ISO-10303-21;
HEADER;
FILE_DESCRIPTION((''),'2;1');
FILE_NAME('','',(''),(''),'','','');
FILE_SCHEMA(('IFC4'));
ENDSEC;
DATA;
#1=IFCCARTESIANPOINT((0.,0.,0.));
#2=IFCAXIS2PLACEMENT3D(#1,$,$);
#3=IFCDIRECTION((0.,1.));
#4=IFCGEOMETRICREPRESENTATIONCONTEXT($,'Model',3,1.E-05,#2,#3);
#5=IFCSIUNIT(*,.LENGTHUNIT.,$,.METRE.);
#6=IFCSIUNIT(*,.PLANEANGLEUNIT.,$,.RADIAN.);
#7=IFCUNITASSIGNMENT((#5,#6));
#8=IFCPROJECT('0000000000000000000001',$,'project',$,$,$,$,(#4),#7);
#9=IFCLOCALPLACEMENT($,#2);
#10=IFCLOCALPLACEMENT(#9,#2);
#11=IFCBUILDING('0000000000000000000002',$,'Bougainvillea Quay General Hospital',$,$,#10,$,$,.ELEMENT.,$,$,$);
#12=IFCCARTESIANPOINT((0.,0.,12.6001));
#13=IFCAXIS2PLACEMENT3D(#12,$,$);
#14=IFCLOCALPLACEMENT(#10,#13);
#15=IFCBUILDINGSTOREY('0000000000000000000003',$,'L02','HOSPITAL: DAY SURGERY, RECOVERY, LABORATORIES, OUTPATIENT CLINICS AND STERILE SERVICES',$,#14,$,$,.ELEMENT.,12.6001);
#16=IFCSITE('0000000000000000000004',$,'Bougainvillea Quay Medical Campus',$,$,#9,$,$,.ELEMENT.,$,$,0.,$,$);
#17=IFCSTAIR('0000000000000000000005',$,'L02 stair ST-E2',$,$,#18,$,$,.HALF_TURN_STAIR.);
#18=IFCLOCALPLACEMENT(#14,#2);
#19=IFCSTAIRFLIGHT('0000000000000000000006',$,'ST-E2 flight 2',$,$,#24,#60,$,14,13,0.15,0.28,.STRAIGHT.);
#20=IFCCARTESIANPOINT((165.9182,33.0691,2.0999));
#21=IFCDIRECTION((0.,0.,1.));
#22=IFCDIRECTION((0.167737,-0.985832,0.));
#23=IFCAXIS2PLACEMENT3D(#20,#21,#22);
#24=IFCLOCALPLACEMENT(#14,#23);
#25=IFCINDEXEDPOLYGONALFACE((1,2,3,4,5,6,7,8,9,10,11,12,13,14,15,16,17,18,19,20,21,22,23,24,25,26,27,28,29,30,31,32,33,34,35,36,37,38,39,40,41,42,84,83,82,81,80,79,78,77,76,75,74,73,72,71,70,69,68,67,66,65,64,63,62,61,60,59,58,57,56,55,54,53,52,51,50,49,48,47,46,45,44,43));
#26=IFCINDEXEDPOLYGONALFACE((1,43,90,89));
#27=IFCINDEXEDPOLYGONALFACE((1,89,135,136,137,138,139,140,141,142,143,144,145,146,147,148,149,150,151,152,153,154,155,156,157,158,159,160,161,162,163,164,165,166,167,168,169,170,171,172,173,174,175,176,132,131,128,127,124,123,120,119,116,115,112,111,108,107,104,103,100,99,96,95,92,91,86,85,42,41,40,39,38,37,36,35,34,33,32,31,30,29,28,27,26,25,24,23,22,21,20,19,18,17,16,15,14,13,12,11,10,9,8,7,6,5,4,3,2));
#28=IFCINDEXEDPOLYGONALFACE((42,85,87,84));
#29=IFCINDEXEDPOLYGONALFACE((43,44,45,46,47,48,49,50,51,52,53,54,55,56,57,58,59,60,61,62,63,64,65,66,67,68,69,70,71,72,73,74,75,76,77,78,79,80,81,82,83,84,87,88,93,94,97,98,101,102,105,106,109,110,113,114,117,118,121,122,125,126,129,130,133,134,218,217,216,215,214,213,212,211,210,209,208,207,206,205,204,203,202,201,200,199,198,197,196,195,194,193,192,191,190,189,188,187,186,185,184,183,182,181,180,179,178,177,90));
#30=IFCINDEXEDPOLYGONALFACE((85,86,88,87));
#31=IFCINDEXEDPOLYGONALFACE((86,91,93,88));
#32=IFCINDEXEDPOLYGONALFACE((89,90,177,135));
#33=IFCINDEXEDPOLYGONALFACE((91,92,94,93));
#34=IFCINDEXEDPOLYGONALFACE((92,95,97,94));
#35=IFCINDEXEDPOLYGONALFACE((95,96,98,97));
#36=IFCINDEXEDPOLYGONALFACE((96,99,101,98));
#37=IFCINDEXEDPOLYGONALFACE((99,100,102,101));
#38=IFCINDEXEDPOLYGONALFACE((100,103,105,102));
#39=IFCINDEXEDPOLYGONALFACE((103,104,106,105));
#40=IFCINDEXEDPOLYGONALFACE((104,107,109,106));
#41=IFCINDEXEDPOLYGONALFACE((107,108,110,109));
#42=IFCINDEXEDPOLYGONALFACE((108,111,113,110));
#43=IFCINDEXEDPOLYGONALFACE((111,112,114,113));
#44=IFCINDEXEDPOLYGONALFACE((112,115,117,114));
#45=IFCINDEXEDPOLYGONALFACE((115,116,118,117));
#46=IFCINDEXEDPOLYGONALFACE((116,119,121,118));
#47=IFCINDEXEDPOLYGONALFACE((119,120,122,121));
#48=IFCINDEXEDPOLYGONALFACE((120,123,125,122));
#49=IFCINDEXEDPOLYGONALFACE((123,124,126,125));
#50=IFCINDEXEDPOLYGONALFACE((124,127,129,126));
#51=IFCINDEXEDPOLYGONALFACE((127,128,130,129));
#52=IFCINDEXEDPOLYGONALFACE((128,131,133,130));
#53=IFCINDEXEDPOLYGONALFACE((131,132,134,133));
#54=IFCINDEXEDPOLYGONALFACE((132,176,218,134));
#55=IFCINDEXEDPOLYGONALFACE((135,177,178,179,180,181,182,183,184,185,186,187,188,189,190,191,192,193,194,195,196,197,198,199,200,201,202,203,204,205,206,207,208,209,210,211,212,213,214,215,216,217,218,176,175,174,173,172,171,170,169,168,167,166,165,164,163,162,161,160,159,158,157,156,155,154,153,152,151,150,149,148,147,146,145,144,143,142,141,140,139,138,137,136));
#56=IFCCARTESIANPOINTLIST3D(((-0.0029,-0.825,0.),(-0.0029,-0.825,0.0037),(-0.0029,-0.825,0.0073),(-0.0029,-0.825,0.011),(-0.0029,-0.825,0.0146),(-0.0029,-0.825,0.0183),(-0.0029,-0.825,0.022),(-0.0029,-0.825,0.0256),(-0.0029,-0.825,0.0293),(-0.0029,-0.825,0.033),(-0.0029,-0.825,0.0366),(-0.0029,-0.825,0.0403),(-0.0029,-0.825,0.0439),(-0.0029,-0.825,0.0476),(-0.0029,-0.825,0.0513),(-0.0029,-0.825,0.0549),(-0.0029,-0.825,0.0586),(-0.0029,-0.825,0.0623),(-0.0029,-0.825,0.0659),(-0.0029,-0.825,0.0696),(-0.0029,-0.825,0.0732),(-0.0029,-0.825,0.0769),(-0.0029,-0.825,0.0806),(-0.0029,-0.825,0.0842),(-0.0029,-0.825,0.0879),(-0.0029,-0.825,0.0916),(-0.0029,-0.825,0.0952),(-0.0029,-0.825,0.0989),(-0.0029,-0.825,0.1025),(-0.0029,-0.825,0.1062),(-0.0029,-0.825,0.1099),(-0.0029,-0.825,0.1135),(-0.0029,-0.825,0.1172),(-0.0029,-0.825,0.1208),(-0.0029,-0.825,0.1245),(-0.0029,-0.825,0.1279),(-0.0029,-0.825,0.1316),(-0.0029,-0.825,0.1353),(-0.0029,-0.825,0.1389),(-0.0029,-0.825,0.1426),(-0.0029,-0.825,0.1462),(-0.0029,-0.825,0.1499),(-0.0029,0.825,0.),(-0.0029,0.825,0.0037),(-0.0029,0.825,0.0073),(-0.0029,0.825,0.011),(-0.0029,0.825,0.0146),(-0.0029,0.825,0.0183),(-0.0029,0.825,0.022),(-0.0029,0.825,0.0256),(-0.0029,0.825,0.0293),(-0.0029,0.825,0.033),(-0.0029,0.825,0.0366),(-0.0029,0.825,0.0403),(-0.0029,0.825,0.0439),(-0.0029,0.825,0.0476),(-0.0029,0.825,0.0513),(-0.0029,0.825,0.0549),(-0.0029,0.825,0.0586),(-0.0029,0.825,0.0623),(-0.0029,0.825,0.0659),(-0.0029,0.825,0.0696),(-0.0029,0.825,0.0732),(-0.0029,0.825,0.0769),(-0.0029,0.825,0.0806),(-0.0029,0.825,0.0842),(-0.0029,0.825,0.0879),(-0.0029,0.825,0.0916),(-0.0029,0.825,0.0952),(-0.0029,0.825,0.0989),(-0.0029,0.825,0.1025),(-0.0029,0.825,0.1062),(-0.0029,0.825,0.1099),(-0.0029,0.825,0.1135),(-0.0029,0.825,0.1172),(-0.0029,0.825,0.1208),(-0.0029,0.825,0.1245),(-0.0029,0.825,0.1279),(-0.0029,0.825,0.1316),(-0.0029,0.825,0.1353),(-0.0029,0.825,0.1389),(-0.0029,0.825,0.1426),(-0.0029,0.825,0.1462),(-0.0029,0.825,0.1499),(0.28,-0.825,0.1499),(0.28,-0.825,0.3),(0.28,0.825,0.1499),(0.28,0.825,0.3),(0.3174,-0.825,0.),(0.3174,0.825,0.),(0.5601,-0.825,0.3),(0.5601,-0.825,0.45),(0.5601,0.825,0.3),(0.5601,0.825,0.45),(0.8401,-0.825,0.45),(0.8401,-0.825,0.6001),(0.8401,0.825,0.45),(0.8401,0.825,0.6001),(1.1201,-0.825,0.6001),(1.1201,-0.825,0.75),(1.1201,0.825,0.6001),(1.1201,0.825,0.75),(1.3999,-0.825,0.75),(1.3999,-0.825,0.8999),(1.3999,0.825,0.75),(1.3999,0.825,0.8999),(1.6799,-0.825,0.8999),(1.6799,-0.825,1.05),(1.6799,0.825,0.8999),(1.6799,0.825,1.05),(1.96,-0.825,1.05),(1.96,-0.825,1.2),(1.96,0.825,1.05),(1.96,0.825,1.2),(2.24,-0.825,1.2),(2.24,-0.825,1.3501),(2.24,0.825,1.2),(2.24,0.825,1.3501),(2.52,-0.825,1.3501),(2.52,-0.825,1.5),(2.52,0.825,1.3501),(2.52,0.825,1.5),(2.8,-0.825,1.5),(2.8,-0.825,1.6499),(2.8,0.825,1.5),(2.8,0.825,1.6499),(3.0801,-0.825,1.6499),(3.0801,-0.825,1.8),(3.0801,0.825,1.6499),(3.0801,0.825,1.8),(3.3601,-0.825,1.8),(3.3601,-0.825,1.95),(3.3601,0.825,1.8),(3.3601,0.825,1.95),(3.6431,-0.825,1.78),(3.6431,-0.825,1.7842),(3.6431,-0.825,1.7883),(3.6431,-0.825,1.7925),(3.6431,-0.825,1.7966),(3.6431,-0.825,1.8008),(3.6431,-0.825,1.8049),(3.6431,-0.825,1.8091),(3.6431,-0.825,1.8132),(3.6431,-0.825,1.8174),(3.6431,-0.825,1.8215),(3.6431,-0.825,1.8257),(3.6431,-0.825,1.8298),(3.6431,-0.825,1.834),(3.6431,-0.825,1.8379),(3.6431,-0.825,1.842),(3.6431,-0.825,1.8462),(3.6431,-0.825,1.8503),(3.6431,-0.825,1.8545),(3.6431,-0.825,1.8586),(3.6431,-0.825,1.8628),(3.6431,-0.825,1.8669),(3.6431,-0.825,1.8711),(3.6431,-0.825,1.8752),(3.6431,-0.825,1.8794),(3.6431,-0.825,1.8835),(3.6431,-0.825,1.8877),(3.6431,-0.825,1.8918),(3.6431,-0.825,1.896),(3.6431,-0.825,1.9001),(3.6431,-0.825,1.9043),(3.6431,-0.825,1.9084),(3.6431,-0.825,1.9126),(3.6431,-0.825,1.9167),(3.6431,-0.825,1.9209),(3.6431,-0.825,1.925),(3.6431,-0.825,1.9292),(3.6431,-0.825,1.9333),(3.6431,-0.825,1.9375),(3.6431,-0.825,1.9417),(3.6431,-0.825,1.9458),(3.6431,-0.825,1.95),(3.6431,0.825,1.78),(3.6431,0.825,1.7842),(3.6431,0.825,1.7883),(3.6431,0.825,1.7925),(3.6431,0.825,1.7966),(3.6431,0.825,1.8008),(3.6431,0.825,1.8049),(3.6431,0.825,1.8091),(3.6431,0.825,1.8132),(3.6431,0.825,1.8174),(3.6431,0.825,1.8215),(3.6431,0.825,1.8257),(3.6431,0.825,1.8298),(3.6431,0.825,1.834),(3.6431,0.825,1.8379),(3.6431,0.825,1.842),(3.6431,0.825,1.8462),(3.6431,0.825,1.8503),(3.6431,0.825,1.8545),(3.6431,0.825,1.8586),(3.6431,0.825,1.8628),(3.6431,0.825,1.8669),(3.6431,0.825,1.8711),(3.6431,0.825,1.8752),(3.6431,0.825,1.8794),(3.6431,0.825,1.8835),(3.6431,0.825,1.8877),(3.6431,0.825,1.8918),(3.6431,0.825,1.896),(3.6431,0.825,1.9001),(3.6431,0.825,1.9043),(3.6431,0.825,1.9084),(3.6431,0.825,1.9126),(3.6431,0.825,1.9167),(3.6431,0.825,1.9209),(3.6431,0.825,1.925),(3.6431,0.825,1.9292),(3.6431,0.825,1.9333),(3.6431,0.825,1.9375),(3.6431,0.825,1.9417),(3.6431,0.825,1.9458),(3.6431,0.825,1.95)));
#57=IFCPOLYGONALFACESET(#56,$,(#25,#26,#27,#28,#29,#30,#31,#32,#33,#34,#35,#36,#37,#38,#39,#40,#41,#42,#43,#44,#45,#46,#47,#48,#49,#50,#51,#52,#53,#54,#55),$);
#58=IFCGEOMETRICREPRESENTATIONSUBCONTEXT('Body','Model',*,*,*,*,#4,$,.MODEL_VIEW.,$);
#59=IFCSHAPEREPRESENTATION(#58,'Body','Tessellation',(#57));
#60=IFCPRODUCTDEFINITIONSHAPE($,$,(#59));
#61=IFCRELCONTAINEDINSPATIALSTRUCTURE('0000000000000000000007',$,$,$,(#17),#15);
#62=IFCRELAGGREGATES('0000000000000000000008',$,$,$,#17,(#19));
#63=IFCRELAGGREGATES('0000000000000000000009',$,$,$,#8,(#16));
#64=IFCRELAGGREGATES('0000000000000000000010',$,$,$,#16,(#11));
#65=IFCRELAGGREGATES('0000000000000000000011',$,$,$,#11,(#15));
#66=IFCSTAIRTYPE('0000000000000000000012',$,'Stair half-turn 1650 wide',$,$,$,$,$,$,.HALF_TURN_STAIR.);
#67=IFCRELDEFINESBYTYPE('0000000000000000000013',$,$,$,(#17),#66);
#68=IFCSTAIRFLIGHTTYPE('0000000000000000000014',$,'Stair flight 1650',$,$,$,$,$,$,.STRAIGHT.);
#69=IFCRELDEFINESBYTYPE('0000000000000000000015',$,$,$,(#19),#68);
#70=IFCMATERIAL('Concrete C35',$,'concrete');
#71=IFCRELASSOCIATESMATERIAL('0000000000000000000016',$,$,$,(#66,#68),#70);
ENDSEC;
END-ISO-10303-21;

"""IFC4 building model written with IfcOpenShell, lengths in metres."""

from ifc_helpers import new_model, si_unit, direction, frame, origin, place, context, subcontext, project, spatial, polyline, outline, extrude, material, type_object, element, aggregate, save


model = new_model("IFC4")

# Units and contexts
model_context = context("Model", 3, precision=1e-05, world=origin(), true_north=direction((0.0, 1.0)))
body_context = subcontext(model_context, "Body", "Model", "MODEL_VIEW")
ifc_project = project(units=[si_unit("LENGTHUNIT", "METRE"), si_unit("PLANEANGLEUNIT", "RADIAN")], contexts=[model_context])

# Site, building, storey
site_placement = place(None, origin())
site = spatial("IfcSite", under=ifc_project, at=site_placement, Name="Bougainvillea Quay Medical Campus", CompositionType="ELEMENT", RefElevation=0.0)
building_placement = place(site_placement, origin())
building = spatial("IfcBuilding", under=site, at=building_placement, Name="Bougainvillea Quay General Hospital", CompositionType="ELEMENT")
storey_placement = place(building_placement, frame((0.0, 0.0, 12.6001)))
storey = spatial("IfcBuildingStorey", under=building, at=storey_placement, Name="L02", Description="HOSPITAL: DAY SURGERY, RECOVERY, LABORATORIES, OUTPATIENT CLINICS AND STERILE SERVICES", CompositionType="ELEMENT", Elevation=12.6001)

# Stair, stair flight
ifc_material_1 = material(Name="Concrete C35", Category="concrete")
stair_type = type_object("IfcStairType", Name="Stair half-turn 1650 wide", PredefinedType="HALF_TURN_STAIR", material=ifc_material_1)
stair_placement = place(storey_placement, origin())
stair = element("IfcStair", 1, at=stair_placement, inside=storey, type_object=stair_type, Name="L02 stair ST-E2", PredefinedType="HALF_TURN_STAIR")
stair_flight_type = type_object("IfcStairFlightType", Name="Stair flight 1650", PredefinedType="STRAIGHT", material=ifc_material_1)
stair_flight_1_placement = place(storey_placement, frame((165.9182, 33.0691, 2.0999), z_axis=(0.0, 0.0, 1.0), x_axis=(0.167737, -0.985832, 0.0)))
stair_flight_1 = element("IfcStairFlight", 2, at=stair_flight_1_placement, type_object=stair_flight_type, Name="ST-E2 flight 2", NumberOfRisers=14, NumberOfTreads=13, PredefinedType="STRAIGHT", RiserHeight=0.15, TreadLength=0.28, context=body_context, shape_type="SweptSolid", body=[
    extrude(outline(polyline([(-0.0029, 0.0), (-0.0029, 0.0037), (-0.0029, 0.0073), (-0.0029, 0.011), (-0.0029, 0.0146), (-0.0029, 0.0183), (-0.0029, 0.022), (-0.0029, 0.0256), (-0.0029, 0.0293), (-0.0029, 0.033), (-0.0029, 0.0366), (-0.0029, 0.0403), (-0.0029, 0.0439), (-0.0029, 0.0476), (-0.0029, 0.0513), (-0.0029, 0.0549), (-0.0029, 0.0586), (-0.0029, 0.0623), (-0.0029, 0.0659), (-0.0029, 0.0696), (-0.0029, 0.0732), (-0.0029, 0.0769), (-0.0029, 0.0806), (-0.0029, 0.0842), (-0.0029, 0.0879), (-0.0029, 0.0916), (-0.0029, 0.0952), (-0.0029, 0.0989), (-0.0029, 0.1025), (-0.0029, 0.1062), (-0.0029, 0.1099), (-0.0029, 0.1135), (-0.0029, 0.1172), (-0.0029, 0.1208), (-0.0029, 0.1245), (-0.0029, 0.1279), (-0.0029, 0.1316), (-0.0029, 0.1353), (-0.0029, 0.1389), (-0.0029, 0.1426), (-0.0029, 0.1462), (-0.0029, 0.1499), (0.28, 0.1499), (0.28, 0.3), (0.5601, 0.3), (0.5601, 0.45), (0.8401, 0.45), (0.8401, 0.6001), (1.1201, 0.6001), (1.1201, 0.75), (1.3999, 0.75), (1.3999, 0.8999), (1.6799, 0.8999), (1.6799, 1.05), (1.96, 1.05), (1.96, 1.2), (2.24, 1.2), (2.24, 1.3501), (2.52, 1.3501), (2.52, 1.5), (2.8, 1.5), (2.8, 1.6499), (3.0801, 1.6499), (3.0801, 1.8), (3.3601, 1.8), (3.3601, 1.95), (3.6431, 1.95), (3.6431, 1.9458), (3.6431, 1.9417), (3.6431, 1.9375), (3.6431, 1.9333), (3.6431, 1.9292), (3.6431, 1.925), (3.6431, 1.9209), (3.6431, 1.9167), (3.6431, 1.9126), (3.6431, 1.9084), (3.6431, 1.9043), (3.6431, 1.9001), (3.6431, 1.896), (3.6431, 1.8918), (3.6431, 1.8877), (3.6431, 1.8835), (3.6431, 1.8794), (3.6431, 1.8752), (3.6431, 1.8711), (3.6431, 1.8669), (3.6431, 1.8628), (3.6431, 1.8586), (3.6431, 1.8545), (3.6431, 1.8503), (3.6431, 1.8462), (3.6431, 1.842), (3.6431, 1.8379), (3.6431, 1.834), (3.6431, 1.8298), (3.6431, 1.8257), (3.6431, 1.8215), (3.6431, 1.8174), (3.6431, 1.8132), (3.6431, 1.8091), (3.6431, 1.8049), (3.6431, 1.8008), (3.6431, 1.7966), (3.6431, 1.7925), (3.6431, 1.7883), (3.6431, 1.7842), (3.6431, 1.78), (0.3174, 0.0), (-0.0029, 0.0)])), frame((0.0, 0.825, 0.0), z_axis=(0.0, -1.0, 0.0), x_axis=(1.0, 0.0, 0.0)), (0.0, 0.0, 1.0), 1.6499),
])
aggregate(stair, [stair_flight_1])

save(model, "model.ifc")
